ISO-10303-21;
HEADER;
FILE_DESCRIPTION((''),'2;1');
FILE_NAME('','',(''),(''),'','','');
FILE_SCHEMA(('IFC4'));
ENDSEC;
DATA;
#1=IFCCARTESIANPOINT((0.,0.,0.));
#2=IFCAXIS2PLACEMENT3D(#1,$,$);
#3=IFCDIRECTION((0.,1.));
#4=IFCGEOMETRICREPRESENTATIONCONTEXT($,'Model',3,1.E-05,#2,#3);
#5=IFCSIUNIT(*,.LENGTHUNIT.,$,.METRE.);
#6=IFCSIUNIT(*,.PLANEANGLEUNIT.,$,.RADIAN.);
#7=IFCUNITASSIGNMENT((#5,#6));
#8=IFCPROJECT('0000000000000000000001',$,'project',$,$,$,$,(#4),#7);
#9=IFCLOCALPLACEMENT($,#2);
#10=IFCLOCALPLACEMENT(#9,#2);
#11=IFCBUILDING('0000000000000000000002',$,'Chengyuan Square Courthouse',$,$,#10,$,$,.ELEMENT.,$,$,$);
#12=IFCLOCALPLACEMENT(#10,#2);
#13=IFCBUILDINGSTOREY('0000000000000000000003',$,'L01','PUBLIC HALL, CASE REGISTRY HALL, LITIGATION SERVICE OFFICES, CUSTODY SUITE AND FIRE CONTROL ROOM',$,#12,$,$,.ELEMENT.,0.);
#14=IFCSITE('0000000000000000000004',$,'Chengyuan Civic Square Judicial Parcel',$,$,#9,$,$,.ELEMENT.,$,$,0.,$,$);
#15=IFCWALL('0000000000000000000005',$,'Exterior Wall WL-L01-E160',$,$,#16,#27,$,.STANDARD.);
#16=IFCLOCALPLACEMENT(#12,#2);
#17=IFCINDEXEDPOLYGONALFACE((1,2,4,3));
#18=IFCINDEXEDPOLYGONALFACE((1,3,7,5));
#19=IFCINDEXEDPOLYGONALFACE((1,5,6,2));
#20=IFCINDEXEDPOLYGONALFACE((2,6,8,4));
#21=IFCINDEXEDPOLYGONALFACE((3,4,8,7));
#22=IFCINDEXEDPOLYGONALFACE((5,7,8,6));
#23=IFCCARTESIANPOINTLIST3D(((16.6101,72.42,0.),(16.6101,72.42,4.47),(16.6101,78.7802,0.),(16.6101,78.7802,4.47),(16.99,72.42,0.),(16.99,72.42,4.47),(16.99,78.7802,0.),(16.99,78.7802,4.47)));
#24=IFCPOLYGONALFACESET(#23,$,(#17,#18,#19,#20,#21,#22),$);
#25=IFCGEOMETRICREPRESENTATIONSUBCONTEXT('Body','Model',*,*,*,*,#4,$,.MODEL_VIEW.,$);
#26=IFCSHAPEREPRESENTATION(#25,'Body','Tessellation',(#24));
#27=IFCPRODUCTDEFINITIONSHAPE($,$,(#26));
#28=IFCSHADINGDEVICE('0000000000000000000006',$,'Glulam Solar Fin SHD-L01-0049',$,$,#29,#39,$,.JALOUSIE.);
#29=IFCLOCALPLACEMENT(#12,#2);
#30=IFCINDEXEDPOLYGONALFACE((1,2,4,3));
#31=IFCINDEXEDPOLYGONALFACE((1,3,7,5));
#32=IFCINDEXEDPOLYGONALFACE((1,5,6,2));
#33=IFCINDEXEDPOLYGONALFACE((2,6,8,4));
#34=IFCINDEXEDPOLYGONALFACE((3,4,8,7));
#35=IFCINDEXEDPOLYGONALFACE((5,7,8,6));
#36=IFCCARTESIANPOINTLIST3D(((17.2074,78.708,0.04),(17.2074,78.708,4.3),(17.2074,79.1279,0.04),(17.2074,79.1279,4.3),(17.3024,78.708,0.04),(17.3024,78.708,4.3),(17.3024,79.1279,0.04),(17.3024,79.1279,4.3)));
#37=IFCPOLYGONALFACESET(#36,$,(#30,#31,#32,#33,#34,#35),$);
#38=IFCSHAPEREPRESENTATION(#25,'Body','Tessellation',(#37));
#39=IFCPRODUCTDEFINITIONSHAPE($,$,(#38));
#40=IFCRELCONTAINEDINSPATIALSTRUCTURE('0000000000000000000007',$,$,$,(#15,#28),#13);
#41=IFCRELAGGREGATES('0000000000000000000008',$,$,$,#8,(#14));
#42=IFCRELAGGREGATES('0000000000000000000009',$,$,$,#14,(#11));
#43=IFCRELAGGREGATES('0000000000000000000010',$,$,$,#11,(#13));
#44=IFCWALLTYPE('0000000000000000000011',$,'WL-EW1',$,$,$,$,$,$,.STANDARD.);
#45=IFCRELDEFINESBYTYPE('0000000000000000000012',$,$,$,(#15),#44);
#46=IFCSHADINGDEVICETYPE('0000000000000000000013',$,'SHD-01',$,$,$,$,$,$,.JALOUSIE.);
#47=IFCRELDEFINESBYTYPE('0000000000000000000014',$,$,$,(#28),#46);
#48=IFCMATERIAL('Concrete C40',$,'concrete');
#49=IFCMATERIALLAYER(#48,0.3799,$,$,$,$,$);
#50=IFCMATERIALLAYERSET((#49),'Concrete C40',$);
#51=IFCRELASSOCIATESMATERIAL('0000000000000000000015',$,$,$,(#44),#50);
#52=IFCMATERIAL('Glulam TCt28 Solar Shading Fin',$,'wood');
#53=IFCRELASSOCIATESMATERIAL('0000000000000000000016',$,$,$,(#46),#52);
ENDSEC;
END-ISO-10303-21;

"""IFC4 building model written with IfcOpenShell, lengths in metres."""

from ifc_helpers import new_model, si_unit, direction, frame, frame_2d, origin, origin_2d, place, context, subcontext, project, spatial, rectangle, extrude, material, layer, layer_set, type_object, element, save


model = new_model("IFC4")

# Units and contexts
model_context = context("Model", 3, precision=1e-05, world=origin(), true_north=direction((0.0, 1.0)))
body_context = subcontext(model_context, "Body", "Model", "MODEL_VIEW")
ifc_project = project(units=[si_unit("LENGTHUNIT", "METRE"), si_unit("PLANEANGLEUNIT", "RADIAN")], contexts=[model_context])

# Site, building, storey
site_placement = place(None, origin())
site = spatial("IfcSite", under=ifc_project, at=site_placement, Name="Chengyuan Civic Square Judicial Parcel", CompositionType="ELEMENT", RefElevation=0.0)
building_placement = place(site_placement, origin())
building = spatial("IfcBuilding", under=site, at=building_placement, Name="Chengyuan Square Courthouse", CompositionType="ELEMENT")
storey_placement = place(building_placement, origin())
storey = spatial("IfcBuildingStorey", under=building, at=storey_placement, Name="L01", Description="PUBLIC HALL, CASE REGISTRY HALL, LITIGATION SERVICE OFFICES, CUSTODY SUITE AND FIRE CONTROL ROOM", CompositionType="ELEMENT", Elevation=0.0)

# Shared definitions
ifc_material_1 = material(Name="Concrete C40", Category="concrete")

# Wall
ifc_layer_1 = layer(ifc_material_1, 0.3799)
ifc_layer_set_1 = layer_set([ifc_layer_1], Name="Concrete C40")
wall_type = type_object("IfcWallType", Name="WL-EW1", PredefinedType="STANDARD", material=ifc_layer_set_1)
for number, where, z_axis, x_axis, name in (
    (1, (16.8, 72.4199, 0.0), (0.0, 0.0, 1.0), (0.0, 1.0, 0.0), "Exterior Wall WL-L01-E160"),
):
    element("IfcWall", number, at=place(storey_placement, frame(where, z_axis=z_axis, x_axis=x_axis)), inside=storey, type_object=wall_type, Name=name, PredefinedType="STANDARD", context=body_context, shape_type="SweptSolid", body=[
        extrude(rectangle(XDim=6.3601, YDim=0.3799, at=frame_2d((3.1802, 0.0))), origin(), (0.0, 0.0, 1.0), 4.47),
    ])

# Shading device
ifc_material_2 = material(Name="Glulam TCt28 Solar Shading Fin", Category="wood")
shading_device_type = type_object("IfcShadingDeviceType", Name="SHD-01", PredefinedType="JALOUSIE", material=ifc_material_2)
shading_device_placement = place(storey_placement, frame((17.2549, 78.918, 0.04), z_axis=(0.0, 0.0, 1.0), x_axis=(0.0, 1.0, 0.0)))
element("IfcShadingDevice", 2, at=shading_device_placement, inside=storey, type_object=shading_device_type, Name="Glulam Solar Fin SHD-L01-0049", PredefinedType="JALOUSIE", context=body_context, shape_type="SweptSolid", body=[
    extrude(rectangle(XDim=0.4199, YDim=0.095, at=origin_2d()), origin(), (0.0, 0.0, 1.0), 4.26),
])

save(model, "model.ifc")
